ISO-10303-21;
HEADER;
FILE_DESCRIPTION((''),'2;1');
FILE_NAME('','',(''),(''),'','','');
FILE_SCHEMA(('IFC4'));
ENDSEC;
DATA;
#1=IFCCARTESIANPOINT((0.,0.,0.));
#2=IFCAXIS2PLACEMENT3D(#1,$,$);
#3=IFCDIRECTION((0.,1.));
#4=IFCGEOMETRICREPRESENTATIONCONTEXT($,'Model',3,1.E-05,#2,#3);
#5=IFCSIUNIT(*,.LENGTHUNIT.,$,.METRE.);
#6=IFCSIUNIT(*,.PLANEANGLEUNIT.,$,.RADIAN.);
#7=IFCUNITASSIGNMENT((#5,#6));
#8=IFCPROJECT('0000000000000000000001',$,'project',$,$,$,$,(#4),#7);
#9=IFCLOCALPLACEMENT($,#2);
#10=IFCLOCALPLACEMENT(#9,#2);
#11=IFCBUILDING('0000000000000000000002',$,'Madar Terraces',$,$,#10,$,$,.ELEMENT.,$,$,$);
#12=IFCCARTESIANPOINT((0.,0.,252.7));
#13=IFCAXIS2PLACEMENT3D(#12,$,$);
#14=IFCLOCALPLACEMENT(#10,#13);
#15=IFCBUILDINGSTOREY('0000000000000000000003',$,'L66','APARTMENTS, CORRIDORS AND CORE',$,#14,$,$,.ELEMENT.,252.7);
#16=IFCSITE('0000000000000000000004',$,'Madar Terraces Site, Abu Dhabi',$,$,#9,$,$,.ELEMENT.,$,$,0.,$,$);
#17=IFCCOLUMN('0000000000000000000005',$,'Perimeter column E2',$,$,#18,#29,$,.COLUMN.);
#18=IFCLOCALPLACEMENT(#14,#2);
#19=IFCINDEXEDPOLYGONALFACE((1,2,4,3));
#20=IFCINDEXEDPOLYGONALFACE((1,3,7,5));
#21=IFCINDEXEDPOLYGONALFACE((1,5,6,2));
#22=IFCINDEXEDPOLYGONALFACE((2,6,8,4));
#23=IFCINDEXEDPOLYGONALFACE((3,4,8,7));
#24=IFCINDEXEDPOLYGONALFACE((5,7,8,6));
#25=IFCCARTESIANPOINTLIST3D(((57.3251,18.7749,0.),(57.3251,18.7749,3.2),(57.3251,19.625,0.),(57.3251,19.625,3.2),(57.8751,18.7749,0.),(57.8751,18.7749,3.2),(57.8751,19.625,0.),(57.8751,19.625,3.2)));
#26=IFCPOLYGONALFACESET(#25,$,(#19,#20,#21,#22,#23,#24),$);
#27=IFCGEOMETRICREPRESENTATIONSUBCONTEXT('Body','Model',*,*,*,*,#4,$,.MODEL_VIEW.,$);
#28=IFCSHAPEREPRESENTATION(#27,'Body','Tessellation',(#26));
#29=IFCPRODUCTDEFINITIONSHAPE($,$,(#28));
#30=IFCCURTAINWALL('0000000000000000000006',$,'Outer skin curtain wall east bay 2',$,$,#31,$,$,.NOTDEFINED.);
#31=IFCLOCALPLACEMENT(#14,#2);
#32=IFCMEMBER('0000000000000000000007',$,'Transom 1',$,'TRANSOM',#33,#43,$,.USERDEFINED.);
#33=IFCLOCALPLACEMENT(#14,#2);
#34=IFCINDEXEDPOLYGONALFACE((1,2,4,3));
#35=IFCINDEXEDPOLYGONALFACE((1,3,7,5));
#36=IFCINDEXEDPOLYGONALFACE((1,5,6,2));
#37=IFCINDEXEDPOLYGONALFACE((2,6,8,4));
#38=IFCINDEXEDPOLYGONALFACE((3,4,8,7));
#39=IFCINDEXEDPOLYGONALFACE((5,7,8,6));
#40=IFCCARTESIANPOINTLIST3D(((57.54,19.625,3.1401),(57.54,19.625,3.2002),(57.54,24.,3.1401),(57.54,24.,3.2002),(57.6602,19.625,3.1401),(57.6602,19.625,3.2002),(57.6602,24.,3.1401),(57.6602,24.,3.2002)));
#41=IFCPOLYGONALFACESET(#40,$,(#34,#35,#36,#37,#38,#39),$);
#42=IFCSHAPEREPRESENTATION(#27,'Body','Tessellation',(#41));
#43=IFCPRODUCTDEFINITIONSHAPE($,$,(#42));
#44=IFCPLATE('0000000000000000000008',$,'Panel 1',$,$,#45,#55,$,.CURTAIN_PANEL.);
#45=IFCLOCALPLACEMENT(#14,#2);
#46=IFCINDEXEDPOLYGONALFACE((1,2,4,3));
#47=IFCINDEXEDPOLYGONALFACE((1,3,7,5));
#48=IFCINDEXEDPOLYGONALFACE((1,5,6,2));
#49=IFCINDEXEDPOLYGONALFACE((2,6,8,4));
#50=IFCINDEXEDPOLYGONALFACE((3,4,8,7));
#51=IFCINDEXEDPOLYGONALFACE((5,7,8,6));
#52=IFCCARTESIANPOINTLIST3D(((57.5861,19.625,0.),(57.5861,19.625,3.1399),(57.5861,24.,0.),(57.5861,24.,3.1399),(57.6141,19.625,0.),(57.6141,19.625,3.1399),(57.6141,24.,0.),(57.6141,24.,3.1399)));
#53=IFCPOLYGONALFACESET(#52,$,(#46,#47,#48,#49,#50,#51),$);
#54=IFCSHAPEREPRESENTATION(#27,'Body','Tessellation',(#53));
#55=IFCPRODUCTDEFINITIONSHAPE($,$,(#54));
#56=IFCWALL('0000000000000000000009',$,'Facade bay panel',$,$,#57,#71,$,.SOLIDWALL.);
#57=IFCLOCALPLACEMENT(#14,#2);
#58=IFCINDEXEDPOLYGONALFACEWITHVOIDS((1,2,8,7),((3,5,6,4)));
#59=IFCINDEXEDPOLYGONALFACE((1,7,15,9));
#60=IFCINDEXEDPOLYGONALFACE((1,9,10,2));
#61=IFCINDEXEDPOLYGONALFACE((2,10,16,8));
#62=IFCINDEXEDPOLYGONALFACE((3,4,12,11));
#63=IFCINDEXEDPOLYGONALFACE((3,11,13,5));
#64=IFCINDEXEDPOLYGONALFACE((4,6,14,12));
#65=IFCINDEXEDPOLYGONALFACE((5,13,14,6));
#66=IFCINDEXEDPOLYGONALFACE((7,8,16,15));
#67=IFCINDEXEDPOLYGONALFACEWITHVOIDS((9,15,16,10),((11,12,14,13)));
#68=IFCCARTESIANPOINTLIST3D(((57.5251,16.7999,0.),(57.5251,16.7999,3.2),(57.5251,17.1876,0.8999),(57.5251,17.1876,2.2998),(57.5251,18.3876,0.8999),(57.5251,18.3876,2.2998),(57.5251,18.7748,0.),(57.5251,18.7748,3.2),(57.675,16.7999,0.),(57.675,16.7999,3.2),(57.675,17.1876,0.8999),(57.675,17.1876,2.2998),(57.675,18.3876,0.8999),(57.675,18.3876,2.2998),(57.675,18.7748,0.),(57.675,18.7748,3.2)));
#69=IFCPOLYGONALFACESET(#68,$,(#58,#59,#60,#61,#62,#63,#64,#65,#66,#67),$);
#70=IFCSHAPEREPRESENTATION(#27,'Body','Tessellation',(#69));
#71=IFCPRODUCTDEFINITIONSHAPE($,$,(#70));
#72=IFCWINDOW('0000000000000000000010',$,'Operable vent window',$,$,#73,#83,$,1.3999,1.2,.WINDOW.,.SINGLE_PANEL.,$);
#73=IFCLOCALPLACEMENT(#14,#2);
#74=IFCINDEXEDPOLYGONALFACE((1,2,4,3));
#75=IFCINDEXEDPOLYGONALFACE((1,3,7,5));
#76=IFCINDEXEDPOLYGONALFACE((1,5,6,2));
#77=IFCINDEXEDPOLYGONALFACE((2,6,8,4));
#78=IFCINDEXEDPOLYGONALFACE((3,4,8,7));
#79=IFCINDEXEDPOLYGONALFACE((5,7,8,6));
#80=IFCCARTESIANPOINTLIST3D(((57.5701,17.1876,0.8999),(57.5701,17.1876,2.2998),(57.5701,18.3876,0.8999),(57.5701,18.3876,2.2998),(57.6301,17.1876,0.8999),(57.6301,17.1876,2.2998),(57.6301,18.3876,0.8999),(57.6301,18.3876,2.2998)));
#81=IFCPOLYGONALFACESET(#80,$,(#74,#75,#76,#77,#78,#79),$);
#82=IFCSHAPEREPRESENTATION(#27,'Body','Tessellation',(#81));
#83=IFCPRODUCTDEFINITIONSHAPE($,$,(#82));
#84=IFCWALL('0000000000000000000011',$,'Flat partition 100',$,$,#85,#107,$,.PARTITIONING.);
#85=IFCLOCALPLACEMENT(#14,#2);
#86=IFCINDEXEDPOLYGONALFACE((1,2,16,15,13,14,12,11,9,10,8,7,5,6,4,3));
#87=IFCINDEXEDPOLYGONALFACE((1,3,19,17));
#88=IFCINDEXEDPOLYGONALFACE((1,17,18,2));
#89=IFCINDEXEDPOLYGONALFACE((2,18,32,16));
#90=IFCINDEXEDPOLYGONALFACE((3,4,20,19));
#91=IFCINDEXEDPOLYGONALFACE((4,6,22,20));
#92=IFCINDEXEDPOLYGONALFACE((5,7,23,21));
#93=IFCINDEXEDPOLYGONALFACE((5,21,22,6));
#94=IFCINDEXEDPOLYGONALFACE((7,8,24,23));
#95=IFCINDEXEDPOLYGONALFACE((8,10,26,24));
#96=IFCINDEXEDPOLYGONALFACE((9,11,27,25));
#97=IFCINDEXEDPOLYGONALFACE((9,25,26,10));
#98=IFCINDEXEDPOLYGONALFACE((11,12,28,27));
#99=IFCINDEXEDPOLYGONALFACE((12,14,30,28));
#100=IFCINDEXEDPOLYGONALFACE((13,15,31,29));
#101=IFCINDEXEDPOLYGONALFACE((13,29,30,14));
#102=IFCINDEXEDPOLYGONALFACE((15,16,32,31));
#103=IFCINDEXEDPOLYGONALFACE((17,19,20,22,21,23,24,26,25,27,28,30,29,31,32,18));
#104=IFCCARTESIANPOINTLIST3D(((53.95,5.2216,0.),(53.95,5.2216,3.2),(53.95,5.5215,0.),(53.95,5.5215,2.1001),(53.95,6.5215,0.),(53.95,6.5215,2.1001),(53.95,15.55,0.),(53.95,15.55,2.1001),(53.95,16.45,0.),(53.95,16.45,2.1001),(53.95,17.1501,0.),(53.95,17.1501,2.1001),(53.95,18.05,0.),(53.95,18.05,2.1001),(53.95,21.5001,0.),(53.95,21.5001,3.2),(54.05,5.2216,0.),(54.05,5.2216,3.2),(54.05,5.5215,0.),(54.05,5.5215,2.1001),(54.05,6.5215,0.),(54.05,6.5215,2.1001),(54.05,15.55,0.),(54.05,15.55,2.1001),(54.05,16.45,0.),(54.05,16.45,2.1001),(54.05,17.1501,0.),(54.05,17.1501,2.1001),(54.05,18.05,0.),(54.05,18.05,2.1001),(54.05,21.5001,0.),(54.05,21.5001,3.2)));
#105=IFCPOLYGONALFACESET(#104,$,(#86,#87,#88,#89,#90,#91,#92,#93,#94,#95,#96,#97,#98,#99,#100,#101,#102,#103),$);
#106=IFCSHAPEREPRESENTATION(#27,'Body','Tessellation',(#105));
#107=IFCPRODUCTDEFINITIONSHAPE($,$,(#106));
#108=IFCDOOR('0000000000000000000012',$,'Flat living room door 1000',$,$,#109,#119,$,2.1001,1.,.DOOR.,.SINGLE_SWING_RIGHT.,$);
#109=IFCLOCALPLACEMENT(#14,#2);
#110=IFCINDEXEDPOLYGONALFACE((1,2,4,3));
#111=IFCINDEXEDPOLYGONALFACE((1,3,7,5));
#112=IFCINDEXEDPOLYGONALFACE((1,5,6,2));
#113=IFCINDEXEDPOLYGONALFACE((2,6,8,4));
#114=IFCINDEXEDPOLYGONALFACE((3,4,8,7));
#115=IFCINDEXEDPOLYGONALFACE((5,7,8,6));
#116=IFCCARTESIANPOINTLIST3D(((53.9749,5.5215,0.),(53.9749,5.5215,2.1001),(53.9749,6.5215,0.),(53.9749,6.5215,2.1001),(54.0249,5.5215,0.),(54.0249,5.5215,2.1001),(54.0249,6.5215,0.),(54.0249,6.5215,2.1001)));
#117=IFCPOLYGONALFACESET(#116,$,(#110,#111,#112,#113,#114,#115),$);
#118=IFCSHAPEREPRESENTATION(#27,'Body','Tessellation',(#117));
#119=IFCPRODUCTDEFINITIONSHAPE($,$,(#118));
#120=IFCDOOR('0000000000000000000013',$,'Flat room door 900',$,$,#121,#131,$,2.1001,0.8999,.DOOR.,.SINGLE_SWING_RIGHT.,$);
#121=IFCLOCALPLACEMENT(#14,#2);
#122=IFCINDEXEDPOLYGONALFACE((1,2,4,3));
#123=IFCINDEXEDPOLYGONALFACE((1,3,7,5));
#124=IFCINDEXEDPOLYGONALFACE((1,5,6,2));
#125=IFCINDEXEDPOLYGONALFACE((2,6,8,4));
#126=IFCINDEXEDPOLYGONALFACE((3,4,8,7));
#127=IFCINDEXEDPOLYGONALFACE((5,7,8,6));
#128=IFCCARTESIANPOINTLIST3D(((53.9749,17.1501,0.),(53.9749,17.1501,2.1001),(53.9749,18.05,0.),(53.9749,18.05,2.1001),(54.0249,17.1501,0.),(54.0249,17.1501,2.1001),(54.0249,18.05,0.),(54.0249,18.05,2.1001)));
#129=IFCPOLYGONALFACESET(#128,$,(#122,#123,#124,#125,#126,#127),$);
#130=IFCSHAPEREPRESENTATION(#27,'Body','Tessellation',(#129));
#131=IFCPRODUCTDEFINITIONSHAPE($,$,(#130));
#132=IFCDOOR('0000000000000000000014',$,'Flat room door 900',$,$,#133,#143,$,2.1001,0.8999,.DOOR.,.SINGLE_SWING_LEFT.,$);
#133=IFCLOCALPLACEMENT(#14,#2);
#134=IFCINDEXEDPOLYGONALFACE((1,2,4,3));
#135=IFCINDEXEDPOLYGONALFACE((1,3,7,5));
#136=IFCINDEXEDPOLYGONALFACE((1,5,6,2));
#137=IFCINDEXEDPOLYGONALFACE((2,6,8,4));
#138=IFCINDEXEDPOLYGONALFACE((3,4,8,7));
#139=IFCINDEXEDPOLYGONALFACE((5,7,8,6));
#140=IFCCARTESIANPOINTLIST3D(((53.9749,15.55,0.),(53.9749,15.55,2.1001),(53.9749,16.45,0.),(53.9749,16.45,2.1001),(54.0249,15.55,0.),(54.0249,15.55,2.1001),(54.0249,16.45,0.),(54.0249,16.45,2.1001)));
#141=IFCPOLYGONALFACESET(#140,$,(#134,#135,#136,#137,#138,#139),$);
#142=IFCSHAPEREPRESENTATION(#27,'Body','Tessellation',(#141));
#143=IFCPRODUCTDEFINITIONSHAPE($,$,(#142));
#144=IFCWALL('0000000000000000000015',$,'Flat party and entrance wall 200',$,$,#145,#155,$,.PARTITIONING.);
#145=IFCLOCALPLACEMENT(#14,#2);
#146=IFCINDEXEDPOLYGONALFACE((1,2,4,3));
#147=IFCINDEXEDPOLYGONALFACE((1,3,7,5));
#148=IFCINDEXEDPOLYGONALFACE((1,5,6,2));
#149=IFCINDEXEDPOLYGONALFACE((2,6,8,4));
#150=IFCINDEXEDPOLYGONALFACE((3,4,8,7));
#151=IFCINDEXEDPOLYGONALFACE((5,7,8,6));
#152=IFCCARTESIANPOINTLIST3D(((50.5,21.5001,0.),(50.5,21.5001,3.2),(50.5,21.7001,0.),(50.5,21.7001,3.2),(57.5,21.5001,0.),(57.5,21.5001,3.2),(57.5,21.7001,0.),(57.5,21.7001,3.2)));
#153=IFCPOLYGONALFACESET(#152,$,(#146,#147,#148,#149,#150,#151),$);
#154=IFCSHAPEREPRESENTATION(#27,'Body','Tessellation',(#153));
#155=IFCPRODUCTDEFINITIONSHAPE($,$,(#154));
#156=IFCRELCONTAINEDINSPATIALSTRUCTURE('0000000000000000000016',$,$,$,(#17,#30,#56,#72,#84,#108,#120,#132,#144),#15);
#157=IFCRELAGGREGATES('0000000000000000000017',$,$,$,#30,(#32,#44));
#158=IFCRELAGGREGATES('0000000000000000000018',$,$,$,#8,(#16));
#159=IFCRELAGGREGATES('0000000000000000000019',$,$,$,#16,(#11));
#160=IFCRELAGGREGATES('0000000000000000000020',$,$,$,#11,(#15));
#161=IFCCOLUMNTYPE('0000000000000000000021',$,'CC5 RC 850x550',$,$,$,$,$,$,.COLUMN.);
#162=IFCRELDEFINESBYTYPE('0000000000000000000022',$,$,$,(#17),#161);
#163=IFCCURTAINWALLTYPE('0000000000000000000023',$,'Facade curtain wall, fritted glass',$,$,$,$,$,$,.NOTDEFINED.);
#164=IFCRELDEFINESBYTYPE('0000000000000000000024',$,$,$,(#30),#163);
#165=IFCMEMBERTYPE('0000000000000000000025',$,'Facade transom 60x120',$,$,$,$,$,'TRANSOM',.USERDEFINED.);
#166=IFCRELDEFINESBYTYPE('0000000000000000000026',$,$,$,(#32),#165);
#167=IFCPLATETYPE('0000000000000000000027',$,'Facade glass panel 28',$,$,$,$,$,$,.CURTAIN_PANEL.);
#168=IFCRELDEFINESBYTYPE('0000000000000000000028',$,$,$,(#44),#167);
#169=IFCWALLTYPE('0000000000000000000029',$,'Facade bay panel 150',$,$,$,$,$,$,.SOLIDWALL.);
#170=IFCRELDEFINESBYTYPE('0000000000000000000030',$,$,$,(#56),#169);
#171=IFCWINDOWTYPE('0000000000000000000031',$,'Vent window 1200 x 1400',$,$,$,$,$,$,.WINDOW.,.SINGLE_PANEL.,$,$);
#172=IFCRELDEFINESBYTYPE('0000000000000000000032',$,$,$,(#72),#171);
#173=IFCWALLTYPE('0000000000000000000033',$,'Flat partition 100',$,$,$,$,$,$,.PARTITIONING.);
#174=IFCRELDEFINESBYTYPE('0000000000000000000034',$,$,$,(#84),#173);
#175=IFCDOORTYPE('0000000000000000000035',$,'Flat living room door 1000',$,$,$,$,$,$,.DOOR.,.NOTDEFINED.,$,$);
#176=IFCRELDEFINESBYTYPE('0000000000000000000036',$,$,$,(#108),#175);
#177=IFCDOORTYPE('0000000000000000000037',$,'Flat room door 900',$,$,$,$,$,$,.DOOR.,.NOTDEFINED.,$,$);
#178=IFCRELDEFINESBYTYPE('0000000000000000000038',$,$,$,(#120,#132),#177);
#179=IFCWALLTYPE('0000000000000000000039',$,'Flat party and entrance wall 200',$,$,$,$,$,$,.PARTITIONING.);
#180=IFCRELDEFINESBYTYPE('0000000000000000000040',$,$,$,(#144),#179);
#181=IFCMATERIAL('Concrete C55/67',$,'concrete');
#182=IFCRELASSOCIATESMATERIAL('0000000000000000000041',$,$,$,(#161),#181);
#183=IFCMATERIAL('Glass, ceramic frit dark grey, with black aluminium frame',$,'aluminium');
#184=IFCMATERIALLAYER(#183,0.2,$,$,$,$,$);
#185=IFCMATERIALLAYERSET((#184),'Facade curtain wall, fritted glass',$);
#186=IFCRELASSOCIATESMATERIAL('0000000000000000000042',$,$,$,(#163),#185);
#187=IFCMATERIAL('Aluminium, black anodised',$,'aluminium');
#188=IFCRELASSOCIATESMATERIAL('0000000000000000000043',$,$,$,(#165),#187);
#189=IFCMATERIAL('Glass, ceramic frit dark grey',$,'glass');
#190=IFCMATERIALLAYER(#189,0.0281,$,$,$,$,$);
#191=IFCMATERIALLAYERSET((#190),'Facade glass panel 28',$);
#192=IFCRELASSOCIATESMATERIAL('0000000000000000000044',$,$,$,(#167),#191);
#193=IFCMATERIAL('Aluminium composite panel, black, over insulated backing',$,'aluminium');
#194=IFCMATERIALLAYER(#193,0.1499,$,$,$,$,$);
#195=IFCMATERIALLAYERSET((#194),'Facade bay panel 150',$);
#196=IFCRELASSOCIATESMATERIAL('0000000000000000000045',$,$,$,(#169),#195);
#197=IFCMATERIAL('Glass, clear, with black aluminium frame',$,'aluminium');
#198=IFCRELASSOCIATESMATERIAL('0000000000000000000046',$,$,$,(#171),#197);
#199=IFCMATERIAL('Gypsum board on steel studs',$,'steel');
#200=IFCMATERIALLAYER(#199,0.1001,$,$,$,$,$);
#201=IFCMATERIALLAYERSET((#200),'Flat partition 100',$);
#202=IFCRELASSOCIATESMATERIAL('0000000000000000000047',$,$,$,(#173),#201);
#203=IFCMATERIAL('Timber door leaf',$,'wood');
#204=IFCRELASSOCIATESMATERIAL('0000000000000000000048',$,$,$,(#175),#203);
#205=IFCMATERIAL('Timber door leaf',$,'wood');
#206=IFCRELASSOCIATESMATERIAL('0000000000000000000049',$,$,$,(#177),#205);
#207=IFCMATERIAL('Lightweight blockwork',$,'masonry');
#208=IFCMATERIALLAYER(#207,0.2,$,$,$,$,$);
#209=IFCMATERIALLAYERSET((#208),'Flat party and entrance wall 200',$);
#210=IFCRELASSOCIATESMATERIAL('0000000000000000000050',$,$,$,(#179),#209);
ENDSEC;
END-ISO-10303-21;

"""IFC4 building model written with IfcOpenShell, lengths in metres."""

from ifc_helpers import new_model, si_unit, direction, frame, frame_2d, origin, origin_2d, place, context, subcontext, project, spatial, rectangle, extrude, material, layer, layer_set, material_profile, profile_set, type_object, element, fill, aggregate, save


model = new_model("IFC4")

# Units and contexts
model_context = context("Model", 3, precision=1e-05, world=origin(), true_north=direction((0.0, 1.0)))
body_context = subcontext(model_context, "Body", "Model", "MODEL_VIEW")
ifc_project = project(units=[si_unit("LENGTHUNIT", "METRE"), si_unit("PLANEANGLEUNIT", "RADIAN")], contexts=[model_context])

# Site, building, storey
site_placement = place(None, origin())
site = spatial("IfcSite", under=ifc_project, at=site_placement, Name="Madar Terraces Site, Abu Dhabi", CompositionType="ELEMENT", RefElevation=0.0)
building_placement = place(site_placement, origin())
building = spatial("IfcBuilding", under=site, at=building_placement, Name="Madar Terraces", CompositionType="ELEMENT")
storey_placement = place(building_placement, frame((0.0, 0.0, 252.7)))
storey = spatial("IfcBuildingStorey", under=building, at=storey_placement, Name="L66", Description="APARTMENTS, CORRIDORS AND CORE", CompositionType="ELEMENT", Elevation=252.7)

# Column
ifc_material_1 = material(Name="Concrete C55/67", Category="concrete")
ifc_material_profile_1 = material_profile(ifc_material_1, rectangle(XDim=0.8501, YDim=0.55, at=origin_2d()), Name="CC5 RC 850x550")
ifc_profile_set_1 = profile_set([ifc_material_profile_1], Name="Concrete C55/67")
column_type = type_object("IfcColumnType", Name="CC5 RC 850x550", PredefinedType="COLUMN", material=ifc_profile_set_1)
column_placement = place(storey_placement, frame((57.6001, 19.2, 0.0), z_axis=(0.0, 0.0, 1.0), x_axis=(0.0, 1.0, 0.0)))
element("IfcColumn", 1, at=column_placement, inside=storey, type_object=column_type, Name="Perimeter column E2", PredefinedType="COLUMN", context=body_context, shape_type="SweptSolid", body=[
    extrude(rectangle(XDim=0.8501, YDim=0.55, at=origin_2d()), origin(), (0.0, 0.0, 1.0), 3.2),
])

# Curtain wall, member, plate
ifc_material_2 = material(Name="Glass, ceramic frit dark grey, with black aluminium frame", Category="aluminium")
ifc_layer_1 = layer(ifc_material_2, 0.2)
ifc_layer_set_1 = layer_set([ifc_layer_1], Name="Facade curtain wall, fritted glass")
curtain_wall_type = type_object("IfcCurtainWallType", Name="Facade curtain wall, fritted glass", PredefinedType="NOTDEFINED", material=ifc_layer_set_1)
curtain_wall_placement = place(storey_placement, origin())
curtain_wall = element("IfcCurtainWall", 2, at=curtain_wall_placement, inside=storey, type_object=curtain_wall_type, Name="Outer skin curtain wall east bay 2", PredefinedType="NOTDEFINED")
ifc_material_3 = material(Name="Aluminium, black anodised", Category="aluminium")
ifc_material_profile_2 = material_profile(ifc_material_3, rectangle(XDim=0.1201, YDim=0.0601, at=origin_2d()), Name="Facade transom 60x120")
ifc_profile_set_2 = profile_set([ifc_material_profile_2], Name="Aluminium, black anodised")
member_type = type_object("IfcMemberType", Name="Facade transom 60x120", ElementType="TRANSOM", PredefinedType="USERDEFINED", material=ifc_profile_set_2)
member_placement = place(storey_placement, frame((57.6001, 19.625, 3.1702), z_axis=(0.0, 1.0, 0.0), x_axis=(-1.0, 0.0, 0.0)))
member = element("IfcMember", 3, at=member_placement, type_object=member_type, Name="Transom 1", ObjectType="TRANSOM", PredefinedType="USERDEFINED", context=body_context, shape_type="SweptSolid", body=[
    extrude(rectangle(XDim=0.1201, YDim=0.0601, at=origin_2d()), origin(), (0.0, 0.0, 1.0), 4.375),
])
ifc_material_4 = material(Name="Glass, ceramic frit dark grey", Category="glass")
ifc_layer_2 = layer(ifc_material_4, 0.0281)
ifc_layer_set_2 = layer_set([ifc_layer_2], Name="Facade glass panel 28")
plate_type = type_object("IfcPlateType", Name="Facade glass panel 28", PredefinedType="CURTAIN_PANEL", material=ifc_layer_set_2)
plate_placement = place(storey_placement, frame((57.6001, 21.8125, 0.0), z_axis=(0.0, 0.0, 1.0), x_axis=(0.0, 1.0, 0.0)))
plate = element("IfcPlate", 4, at=plate_placement, type_object=plate_type, Name="Panel 1", PredefinedType="CURTAIN_PANEL", context=body_context, shape_type="SweptSolid", body=[
    extrude(rectangle(XDim=4.375, YDim=0.0281, at=origin_2d()), origin(), (0.0, 0.0, 1.0), 3.1399),
])
aggregate(curtain_wall, [member, plate])

# Wall, opening, window
ifc_material_5 = material(Name="Aluminium composite panel, black, over insulated backing", Category="aluminium")
ifc_layer_3 = layer(ifc_material_5, 0.1499)
ifc_layer_set_3 = layer_set([ifc_layer_3], Name="Facade bay panel 150")
wall_type_1 = type_object("IfcWallType", Name="Facade bay panel 150", PredefinedType="SOLIDWALL", material=ifc_layer_set_3)
wall_1_placement = place(storey_placement, frame((57.6001, 16.8, 0.0), z_axis=(0.0, 0.0, 1.0), x_axis=(0.0, 1.0, 0.0)))
wall_1 = element("IfcWall", 5, at=wall_1_placement, inside=storey, type_object=wall_type_1, Name="Facade bay panel", PredefinedType="SOLIDWALL", context=body_context, shape_type="SweptSolid", body=[
    extrude(rectangle(XDim=1.9749, YDim=0.1499, at=frame_2d((0.9873, 0.0))), origin(), (0.0, 0.0, 1.0), 3.2),
])
opening_1_placement = place(wall_1_placement, frame((0.3875, 0.0, 0.8999)))
opening_1 = element("IfcOpeningElement", 6, at=opening_1_placement, cuts=wall_1, PredefinedType="OPENING", context=body_context, shape_type="SweptSolid", body=[
    extrude(rectangle(XDim=1.2, YDim=1.3999, at=frame_2d((0.6001, 0.7))), frame((0.0, 0.085, 0.0), z_axis=(0.0, -1.0, 0.0), x_axis=(1.0, 0.0, 0.0)), (0.0, 0.0, 1.0), 0.1699),
])
ifc_material_6 = material(Name="Glass, clear, with black aluminium frame", Category="aluminium")
window_type = type_object("IfcWindowType", Name="Vent window 1200 x 1400", PartitioningType="SINGLE_PANEL", PredefinedType="WINDOW", material=ifc_material_6)
window_1_placement = place(opening_1_placement, origin())
window_1 = element("IfcWindow", 7, at=window_1_placement, inside=storey, type_object=window_type, Name="Operable vent window", OverallHeight=1.3999, OverallWidth=1.2, PartitioningType="SINGLE_PANEL", PredefinedType="WINDOW", context=body_context, shape_type="SweptSolid", body=[
    extrude(rectangle(XDim=1.2, YDim=1.3999, at=frame_2d((0.6001, 0.7))), frame((0.0, 0.03, 0.0), z_axis=(0.0, -1.0, 0.0), x_axis=(1.0, 0.0, 0.0)), (0.0, 0.0, 1.0), 0.0601),
])
fill(opening_1, window_1)

# Wall, openings, doors
ifc_material_7 = material(Name="Gypsum board on steel studs", Category="steel")
ifc_layer_4 = layer(ifc_material_7, 0.1001)
ifc_layer_set_4 = layer_set([ifc_layer_4], Name="Flat partition 100")
wall_type_2 = type_object("IfcWallType", Name="Flat partition 100", PredefinedType="PARTITIONING", material=ifc_layer_set_4)
wall_2_placement = place(storey_placement, frame((54.0, 21.5, 0.0), z_axis=(0.0, 0.0, 1.0), x_axis=(0.0, -1.0, 0.0)))
wall_2 = element("IfcWall", 8, at=wall_2_placement, inside=storey, type_object=wall_type_2, Name="Flat partition 100", PredefinedType="PARTITIONING", context=body_context, shape_type="SweptSolid", body=[
    extrude(rectangle(XDim=16.2786, YDim=0.1001, at=frame_2d((8.1392, 0.0))), origin(), (0.0, 0.0, 1.0), 3.2),
])
opening_2_placement = place(wall_2_placement, frame((3.45, 0.0, 0.0)))
opening_2 = element("IfcOpeningElement", 9, at=opening_2_placement, cuts=wall_2, PredefinedType="OPENING", context=body_context, shape_type="SweptSolid", body=[
    extrude(rectangle(XDim=0.8999, YDim=2.1001, at=frame_2d((0.45, 1.05))), frame((0.0, 0.0601, 0.0), z_axis=(0.0, -1.0, 0.0), x_axis=(1.0, 0.0, 0.0)), (0.0, 0.0, 1.0), 0.1201),
])
opening_3_placement = place(wall_2_placement, frame((5.05, 0.0, 0.0)))
opening_3 = element("IfcOpeningElement", 10, at=opening_3_placement, cuts=wall_2, PredefinedType="OPENING", context=body_context, shape_type="SweptSolid", body=[
    extrude(rectangle(XDim=0.8999, YDim=2.1001, at=frame_2d((0.45, 1.05))), frame((0.0, 0.0601, 0.0), z_axis=(0.0, -1.0, 0.0), x_axis=(1.0, 0.0, 0.0)), (0.0, 0.0, 1.0), 0.1201),
])
opening_4_placement = place(wall_2_placement, frame((14.9785, 0.0, 0.0)))
opening_4 = element("IfcOpeningElement", 11, at=opening_4_placement, cuts=wall_2, PredefinedType="OPENING", context=body_context, shape_type="SweptSolid", body=[
    extrude(rectangle(XDim=1.0, YDim=2.1001, at=frame_2d((0.5, 1.05))), frame((0.0, 0.0601, 0.0), z_axis=(0.0, -1.0, 0.0), x_axis=(1.0, 0.0, 0.0)), (0.0, 0.0, 1.0), 0.1201),
])
ifc_material_8 = material(Name="Timber door leaf", Category="wood")
door_type_1 = type_object("IfcDoorType", Name="Flat living room door 1000", OperationType="NOTDEFINED", PredefinedType="DOOR", material=ifc_material_8)
door_1_placement = place(opening_4_placement, origin())
door_1 = element("IfcDoor", 12, at=door_1_placement, inside=storey, type_object=door_type_1, Name="Flat living room door 1000", OperationType="SINGLE_SWING_RIGHT", OverallHeight=2.1001, OverallWidth=1.0, PredefinedType="DOOR", context=body_context, shape_type="SweptSolid", body=[
    extrude(rectangle(XDim=1.0, YDim=2.1001, at=frame_2d((0.5, 1.05))), frame((0.0, 0.0249, 0.0), z_axis=(0.0, -1.0, 0.0), x_axis=(1.0, 0.0, 0.0)), (0.0, 0.0, 1.0), 0.05),
])
fill(opening_4, door_1)
ifc_material_9 = material(Name="Timber door leaf", Category="wood")
door_type_2 = type_object("IfcDoorType", Name="Flat room door 900", OperationType="NOTDEFINED", PredefinedType="DOOR", material=ifc_material_9)
door_2_placement = place(opening_2_placement, origin())
door_2 = element("IfcDoor", 13, at=door_2_placement, inside=storey, type_object=door_type_2, Name="Flat room door 900", OperationType="SINGLE_SWING_RIGHT", OverallHeight=2.1001, OverallWidth=0.8999, PredefinedType="DOOR", context=body_context, shape_type="SweptSolid", body=[
    extrude(rectangle(XDim=0.8999, YDim=2.1001, at=frame_2d((0.45, 1.05))), frame((0.0, 0.0249, 0.0), z_axis=(0.0, -1.0, 0.0), x_axis=(1.0, 0.0, 0.0)), (0.0, 0.0, 1.0), 0.05),
])
fill(opening_2, door_2)
door_3_placement = place(opening_3_placement, origin())
door_3 = element("IfcDoor", 14, at=door_3_placement, inside=storey, type_object=door_type_2, Name="Flat room door 900", OperationType="SINGLE_SWING_LEFT", OverallHeight=2.1001, OverallWidth=0.8999, PredefinedType="DOOR", context=body_context, shape_type="SweptSolid", body=[
    extrude(rectangle(XDim=0.8999, YDim=2.1001, at=frame_2d((0.45, 1.05))), frame((0.0, 0.0249, 0.0), z_axis=(0.0, -1.0, 0.0), x_axis=(1.0, 0.0, 0.0)), (0.0, 0.0, 1.0), 0.05),
])
fill(opening_3, door_3)

# Wall
ifc_material_10 = material(Name="Lightweight blockwork", Category="masonry")
ifc_layer_5 = layer(ifc_material_10, 0.2)
ifc_layer_set_5 = layer_set([ifc_layer_5], Name="Flat party and entrance wall 200")
wall_type_3 = type_object("IfcWallType", Name="Flat party and entrance wall 200", PredefinedType="PARTITIONING", material=ifc_layer_set_5)
wall_3_placement = place(storey_placement, frame((50.5, 21.6001, 0.0), z_axis=(0.0, 0.0, 1.0), x_axis=(1.0, 0.0, 0.0)))
element("IfcWall", 15, at=wall_3_placement, inside=storey, type_object=wall_type_3, Name="Flat party and entrance wall 200", PredefinedType="PARTITIONING", context=body_context, shape_type="SweptSolid", body=[
    extrude(rectangle(XDim=7.0, YDim=0.2, at=frame_2d((3.5, 0.0))), origin(), (0.0, 0.0, 1.0), 3.2),
])

save(model, "model.ifc")
